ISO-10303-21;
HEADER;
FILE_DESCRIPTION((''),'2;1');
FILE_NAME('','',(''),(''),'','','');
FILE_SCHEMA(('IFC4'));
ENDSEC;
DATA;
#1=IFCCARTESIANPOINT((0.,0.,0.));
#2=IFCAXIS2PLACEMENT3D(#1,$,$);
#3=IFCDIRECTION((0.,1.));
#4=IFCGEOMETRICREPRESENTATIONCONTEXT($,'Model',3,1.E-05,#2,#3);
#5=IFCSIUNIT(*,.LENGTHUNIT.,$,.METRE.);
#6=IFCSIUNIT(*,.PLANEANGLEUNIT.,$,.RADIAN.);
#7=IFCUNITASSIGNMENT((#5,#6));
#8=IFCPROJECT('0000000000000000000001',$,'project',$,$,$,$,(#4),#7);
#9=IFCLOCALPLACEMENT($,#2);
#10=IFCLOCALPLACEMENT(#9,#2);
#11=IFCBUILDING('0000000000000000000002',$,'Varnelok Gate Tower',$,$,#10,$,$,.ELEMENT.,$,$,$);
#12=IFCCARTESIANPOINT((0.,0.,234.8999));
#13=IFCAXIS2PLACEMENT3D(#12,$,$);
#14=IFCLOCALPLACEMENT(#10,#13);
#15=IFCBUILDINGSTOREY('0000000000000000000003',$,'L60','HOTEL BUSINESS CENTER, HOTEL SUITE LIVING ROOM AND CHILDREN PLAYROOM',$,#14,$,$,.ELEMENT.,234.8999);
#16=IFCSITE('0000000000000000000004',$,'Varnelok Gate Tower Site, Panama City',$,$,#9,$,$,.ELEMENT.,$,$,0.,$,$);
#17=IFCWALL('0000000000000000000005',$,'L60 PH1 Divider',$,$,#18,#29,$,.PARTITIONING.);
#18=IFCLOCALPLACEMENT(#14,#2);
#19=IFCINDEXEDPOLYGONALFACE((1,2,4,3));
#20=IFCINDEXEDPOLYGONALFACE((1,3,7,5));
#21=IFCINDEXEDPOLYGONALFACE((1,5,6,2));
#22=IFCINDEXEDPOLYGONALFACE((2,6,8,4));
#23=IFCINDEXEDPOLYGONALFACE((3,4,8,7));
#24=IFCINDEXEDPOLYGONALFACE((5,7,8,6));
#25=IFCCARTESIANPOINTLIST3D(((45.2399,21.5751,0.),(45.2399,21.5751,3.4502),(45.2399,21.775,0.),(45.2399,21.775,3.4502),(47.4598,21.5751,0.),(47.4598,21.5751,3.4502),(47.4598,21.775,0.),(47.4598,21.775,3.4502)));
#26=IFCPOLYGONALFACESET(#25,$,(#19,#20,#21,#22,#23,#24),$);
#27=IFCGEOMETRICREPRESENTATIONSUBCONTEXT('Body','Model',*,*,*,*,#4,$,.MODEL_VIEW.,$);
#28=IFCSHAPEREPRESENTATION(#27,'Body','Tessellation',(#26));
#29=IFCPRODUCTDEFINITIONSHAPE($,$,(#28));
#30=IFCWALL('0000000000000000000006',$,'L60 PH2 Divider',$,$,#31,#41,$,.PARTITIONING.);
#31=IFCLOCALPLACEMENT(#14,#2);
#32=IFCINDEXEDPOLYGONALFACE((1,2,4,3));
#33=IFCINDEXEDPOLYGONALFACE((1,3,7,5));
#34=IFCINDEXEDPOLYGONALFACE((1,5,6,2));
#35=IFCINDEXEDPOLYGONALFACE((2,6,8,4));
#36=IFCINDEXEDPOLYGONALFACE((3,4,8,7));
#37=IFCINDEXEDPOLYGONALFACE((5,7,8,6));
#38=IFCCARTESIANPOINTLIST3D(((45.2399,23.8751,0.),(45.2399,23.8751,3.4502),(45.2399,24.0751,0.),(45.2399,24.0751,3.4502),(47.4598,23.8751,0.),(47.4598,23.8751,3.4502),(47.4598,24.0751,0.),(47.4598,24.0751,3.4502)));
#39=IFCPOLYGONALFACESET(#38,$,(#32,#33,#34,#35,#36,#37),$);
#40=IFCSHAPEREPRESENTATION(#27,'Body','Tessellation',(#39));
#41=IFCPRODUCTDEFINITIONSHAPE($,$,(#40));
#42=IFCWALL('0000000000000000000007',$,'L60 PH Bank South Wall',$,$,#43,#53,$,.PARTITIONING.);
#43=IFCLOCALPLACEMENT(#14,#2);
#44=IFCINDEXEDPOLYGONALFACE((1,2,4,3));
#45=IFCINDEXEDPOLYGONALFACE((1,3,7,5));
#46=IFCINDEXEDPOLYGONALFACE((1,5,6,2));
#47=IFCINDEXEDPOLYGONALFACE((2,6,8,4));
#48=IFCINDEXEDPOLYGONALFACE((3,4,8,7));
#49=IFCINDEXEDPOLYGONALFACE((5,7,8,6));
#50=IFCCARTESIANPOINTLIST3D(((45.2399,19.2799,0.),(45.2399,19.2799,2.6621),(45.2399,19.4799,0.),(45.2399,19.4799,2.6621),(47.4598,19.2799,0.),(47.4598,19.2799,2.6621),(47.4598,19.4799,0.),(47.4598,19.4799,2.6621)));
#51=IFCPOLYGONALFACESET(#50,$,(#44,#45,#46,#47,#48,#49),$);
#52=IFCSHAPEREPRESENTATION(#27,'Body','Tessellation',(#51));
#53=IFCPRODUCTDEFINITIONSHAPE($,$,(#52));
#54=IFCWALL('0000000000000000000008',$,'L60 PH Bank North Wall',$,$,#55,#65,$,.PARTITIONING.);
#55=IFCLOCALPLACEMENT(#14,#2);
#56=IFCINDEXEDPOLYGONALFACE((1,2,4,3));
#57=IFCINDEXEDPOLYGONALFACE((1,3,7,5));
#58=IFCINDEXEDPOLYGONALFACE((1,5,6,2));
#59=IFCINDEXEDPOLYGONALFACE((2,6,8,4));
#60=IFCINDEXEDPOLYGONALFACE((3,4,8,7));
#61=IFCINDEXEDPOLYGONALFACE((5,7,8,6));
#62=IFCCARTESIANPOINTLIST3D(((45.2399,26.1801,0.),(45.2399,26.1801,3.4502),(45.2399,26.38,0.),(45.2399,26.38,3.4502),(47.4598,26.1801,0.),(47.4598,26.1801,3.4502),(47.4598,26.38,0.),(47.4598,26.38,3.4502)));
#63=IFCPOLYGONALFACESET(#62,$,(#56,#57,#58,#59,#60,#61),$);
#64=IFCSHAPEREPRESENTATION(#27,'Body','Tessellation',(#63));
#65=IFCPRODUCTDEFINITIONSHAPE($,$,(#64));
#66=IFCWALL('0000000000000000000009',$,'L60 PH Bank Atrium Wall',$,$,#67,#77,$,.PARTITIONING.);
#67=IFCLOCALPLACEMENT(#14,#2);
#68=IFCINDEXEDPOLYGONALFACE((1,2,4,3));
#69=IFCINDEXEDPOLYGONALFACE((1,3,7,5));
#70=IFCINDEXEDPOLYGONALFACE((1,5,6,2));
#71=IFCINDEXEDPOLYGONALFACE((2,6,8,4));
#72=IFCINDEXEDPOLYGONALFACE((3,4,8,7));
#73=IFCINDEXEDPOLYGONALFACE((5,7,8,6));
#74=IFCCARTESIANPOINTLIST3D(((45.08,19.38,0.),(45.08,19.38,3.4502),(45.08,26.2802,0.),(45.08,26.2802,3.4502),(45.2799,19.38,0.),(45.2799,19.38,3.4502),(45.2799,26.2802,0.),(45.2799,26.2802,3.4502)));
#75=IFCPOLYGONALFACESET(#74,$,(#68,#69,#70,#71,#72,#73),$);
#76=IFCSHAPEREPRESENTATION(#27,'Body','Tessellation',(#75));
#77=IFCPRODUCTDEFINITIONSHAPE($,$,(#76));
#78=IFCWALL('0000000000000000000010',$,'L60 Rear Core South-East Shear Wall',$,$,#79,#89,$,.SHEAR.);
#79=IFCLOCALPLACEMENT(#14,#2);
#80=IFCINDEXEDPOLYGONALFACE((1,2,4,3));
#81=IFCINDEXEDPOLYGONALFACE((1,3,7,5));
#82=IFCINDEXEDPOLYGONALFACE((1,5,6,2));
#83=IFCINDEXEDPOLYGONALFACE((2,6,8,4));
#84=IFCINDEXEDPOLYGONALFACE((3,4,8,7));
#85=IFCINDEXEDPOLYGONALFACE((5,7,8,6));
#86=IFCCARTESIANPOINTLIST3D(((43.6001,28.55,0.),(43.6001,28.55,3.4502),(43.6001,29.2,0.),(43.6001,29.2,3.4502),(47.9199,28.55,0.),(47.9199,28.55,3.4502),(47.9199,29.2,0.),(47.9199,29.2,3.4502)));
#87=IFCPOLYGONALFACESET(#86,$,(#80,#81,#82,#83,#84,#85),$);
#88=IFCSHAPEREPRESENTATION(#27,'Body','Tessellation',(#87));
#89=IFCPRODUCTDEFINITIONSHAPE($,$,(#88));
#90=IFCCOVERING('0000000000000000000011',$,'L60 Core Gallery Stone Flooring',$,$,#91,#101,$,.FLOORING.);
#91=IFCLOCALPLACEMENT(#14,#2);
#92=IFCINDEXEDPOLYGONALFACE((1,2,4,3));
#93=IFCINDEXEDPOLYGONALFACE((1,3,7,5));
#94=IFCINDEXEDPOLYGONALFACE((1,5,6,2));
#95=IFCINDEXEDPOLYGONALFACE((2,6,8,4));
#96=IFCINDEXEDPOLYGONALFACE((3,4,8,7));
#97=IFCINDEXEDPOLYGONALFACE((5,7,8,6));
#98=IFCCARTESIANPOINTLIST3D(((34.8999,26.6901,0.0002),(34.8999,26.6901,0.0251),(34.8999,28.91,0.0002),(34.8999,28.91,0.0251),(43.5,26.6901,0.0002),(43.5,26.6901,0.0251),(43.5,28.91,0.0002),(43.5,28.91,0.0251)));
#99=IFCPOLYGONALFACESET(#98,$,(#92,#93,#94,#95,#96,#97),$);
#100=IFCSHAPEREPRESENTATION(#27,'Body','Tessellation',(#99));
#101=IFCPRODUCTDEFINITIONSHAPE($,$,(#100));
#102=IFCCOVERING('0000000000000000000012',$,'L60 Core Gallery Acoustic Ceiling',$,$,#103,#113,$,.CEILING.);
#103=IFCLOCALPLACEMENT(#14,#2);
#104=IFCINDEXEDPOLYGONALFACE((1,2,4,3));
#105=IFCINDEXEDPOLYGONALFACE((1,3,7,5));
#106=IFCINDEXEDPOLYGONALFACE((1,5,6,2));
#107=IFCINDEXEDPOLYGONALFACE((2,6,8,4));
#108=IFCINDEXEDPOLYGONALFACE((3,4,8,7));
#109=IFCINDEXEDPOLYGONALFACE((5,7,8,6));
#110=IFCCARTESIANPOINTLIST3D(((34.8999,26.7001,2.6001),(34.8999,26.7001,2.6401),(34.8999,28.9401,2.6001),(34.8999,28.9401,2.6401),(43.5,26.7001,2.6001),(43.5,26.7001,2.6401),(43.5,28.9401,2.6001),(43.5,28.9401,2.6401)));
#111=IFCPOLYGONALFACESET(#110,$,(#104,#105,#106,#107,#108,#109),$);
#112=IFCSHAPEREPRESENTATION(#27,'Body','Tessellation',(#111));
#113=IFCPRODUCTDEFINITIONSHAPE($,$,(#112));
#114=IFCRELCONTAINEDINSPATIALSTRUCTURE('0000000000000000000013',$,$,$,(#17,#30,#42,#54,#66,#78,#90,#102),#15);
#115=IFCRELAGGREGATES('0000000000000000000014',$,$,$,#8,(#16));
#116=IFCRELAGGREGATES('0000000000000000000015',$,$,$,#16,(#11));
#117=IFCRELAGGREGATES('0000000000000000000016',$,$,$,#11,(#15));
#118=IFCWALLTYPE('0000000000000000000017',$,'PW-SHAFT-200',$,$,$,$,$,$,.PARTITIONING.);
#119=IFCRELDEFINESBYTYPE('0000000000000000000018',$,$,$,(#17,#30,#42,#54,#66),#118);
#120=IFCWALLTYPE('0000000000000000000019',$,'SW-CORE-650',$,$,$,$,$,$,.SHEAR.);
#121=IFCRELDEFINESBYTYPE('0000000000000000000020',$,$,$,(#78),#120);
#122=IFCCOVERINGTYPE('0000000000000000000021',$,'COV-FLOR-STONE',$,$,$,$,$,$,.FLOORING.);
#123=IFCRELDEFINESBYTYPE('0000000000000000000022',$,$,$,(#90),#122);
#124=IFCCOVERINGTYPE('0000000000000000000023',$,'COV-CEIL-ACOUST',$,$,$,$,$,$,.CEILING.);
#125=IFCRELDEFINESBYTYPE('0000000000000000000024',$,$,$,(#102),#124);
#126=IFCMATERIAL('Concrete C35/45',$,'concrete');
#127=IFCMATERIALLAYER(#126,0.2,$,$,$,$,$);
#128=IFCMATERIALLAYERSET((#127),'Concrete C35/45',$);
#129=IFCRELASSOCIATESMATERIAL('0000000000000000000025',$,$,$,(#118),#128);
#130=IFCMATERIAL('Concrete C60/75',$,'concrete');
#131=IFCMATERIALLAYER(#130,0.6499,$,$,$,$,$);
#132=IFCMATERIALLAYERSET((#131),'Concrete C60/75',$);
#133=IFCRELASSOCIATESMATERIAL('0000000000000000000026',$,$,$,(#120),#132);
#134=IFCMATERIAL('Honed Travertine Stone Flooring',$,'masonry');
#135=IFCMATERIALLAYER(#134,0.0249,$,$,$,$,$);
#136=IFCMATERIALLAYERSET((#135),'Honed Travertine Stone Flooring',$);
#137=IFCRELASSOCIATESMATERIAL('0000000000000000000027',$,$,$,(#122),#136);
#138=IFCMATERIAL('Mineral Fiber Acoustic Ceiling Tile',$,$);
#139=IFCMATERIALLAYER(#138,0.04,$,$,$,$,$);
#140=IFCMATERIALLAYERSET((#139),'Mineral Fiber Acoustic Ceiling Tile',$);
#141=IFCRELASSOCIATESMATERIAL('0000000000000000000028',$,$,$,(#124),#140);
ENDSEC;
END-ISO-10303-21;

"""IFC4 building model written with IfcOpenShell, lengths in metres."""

from ifc_helpers import new_model, si_unit, direction, frame, frame_2d, origin, origin_2d, place, context, subcontext, project, spatial, rectangle, extrude, source, transform, mapped, material, layer, layer_set, type_object, element, save


model = new_model("IFC4")

# Units and contexts
model_context = context("Model", 3, precision=1e-05, world=origin(), true_north=direction((0.0, 1.0)))
body_context = subcontext(model_context, "Body", "Model", "MODEL_VIEW")
ifc_project = project(units=[si_unit("LENGTHUNIT", "METRE"), si_unit("PLANEANGLEUNIT", "RADIAN")], contexts=[model_context])

# Site, building, storey
site_placement = place(None, origin())
site = spatial("IfcSite", under=ifc_project, at=site_placement, Name="Varnelok Gate Tower Site, Panama City", CompositionType="ELEMENT", RefElevation=0.0)
building_placement = place(site_placement, origin())
building = spatial("IfcBuilding", under=site, at=building_placement, Name="Varnelok Gate Tower", CompositionType="ELEMENT")
storey_placement = place(building_placement, frame((0.0, 0.0, 234.8999)))
storey = spatial("IfcBuildingStorey", under=building, at=storey_placement, Name="L60", Description="HOTEL BUSINESS CENTER, HOTEL SUITE LIVING ROOM AND CHILDREN PLAYROOM", CompositionType="ELEMENT", Elevation=234.8999)

# Shared definitions
ifc_material_1 = material(Name="Concrete C60/75", Category="concrete")

# Walls
ifc_material_2 = material(Name="Concrete C35/45", Category="concrete")
ifc_layer_1 = layer(ifc_material_2, 0.2)
ifc_layer_set_1 = layer_set([ifc_layer_1], Name="Concrete C35/45")
wall_type_1 = type_object("IfcWallType", Name="PW-SHAFT-200", PredefinedType="PARTITIONING", material=ifc_layer_set_1)
for number, where, z_axis, x_axis, name in (
    (1, (45.24, 21.675, 0.0), (0.0, 0.0, 1.0), (1.0, 0.0, 0.0), "L60 PH1 Divider"),
    (2, (45.24, 23.9751, 0.0), (0.0, 0.0, 1.0), (1.0, 0.0, 0.0), "L60 PH2 Divider"),
):
    element("IfcWall", number, at=place(storey_placement, frame(where, z_axis=z_axis, x_axis=x_axis)), inside=storey, type_object=wall_type_1, Name=name, PredefinedType="PARTITIONING", context=body_context, shape_type="SweptSolid", body=[
        extrude(rectangle(XDim=2.22, YDim=0.2, at=frame_2d((1.1099, 0.0))), origin(), (0.0, 0.0, 1.0), 3.4502),
    ])
wall_1_placement = place(storey_placement, frame((45.24, 19.3799, 0.0), z_axis=(0.0, 0.0, 1.0), x_axis=(1.0, 0.0, 0.0)))
element("IfcWall", 3, at=wall_1_placement, inside=storey, type_object=wall_type_1, Name="L60 PH Bank South Wall", PredefinedType="PARTITIONING", context=body_context, shape_type="SweptSolid", body=[
    extrude(rectangle(XDim=2.22, YDim=0.2, at=frame_2d((1.1099, 0.0))), origin(), (0.0, 0.0, 1.0), 2.6621),
])
wall_2_placement = place(storey_placement, frame((45.24, 26.28, 0.0), z_axis=(0.0, 0.0, 1.0), x_axis=(1.0, 0.0, 0.0)))
element("IfcWall", 4, at=wall_2_placement, inside=storey, type_object=wall_type_1, Name="L60 PH Bank North Wall", PredefinedType="PARTITIONING", context=body_context, shape_type="SweptSolid", body=[
    extrude(rectangle(XDim=2.22, YDim=0.2, at=frame_2d((1.1099, 0.0))), origin(), (0.0, 0.0, 1.0), 3.4502),
])
wall_3_placement = place(storey_placement, frame((45.1799, 19.3799, 0.0), z_axis=(0.0, 0.0, 1.0), x_axis=(0.0, 1.0, 0.0)))
element("IfcWall", 5, at=wall_3_placement, inside=storey, type_object=wall_type_1, Name="L60 PH Bank Atrium Wall", PredefinedType="PARTITIONING", context=body_context, shape_type="SweptSolid", body=[
    extrude(rectangle(XDim=6.9001, YDim=0.2, at=frame_2d((3.4502, 0.0))), origin(), (0.0, 0.0, 1.0), 3.4502),
])

# Wall
ifc_layer_2 = layer(ifc_material_1, 0.6499)
ifc_layer_set_2 = layer_set([ifc_layer_2], Name="Concrete C60/75")
wall_type_2 = type_object("IfcWallType", Name="SW-CORE-650", PredefinedType="SHEAR", material=ifc_layer_set_2)
wall_4_placement = place(storey_placement, frame((43.6001, 28.875, 0.0), z_axis=(0.0, 0.0, 1.0), x_axis=(1.0, 0.0, 0.0)))
element("IfcWall", 6, at=wall_4_placement, inside=storey, type_object=wall_type_2, Name="L60 Rear Core South-East Shear Wall", PredefinedType="SHEAR", context=body_context, shape_type="SweptSolid", body=[
    extrude(rectangle(XDim=4.3198, YDim=0.6499, at=frame_2d((2.1599, 0.0))), origin(), (0.0, 0.0, 1.0), 3.4502),
])

# Coverings
ifc_material_3 = material(Name="Honed Travertine Stone Flooring", Category="masonry")
ifc_layer_3 = layer(ifc_material_3, 0.0249)
ifc_layer_set_3 = layer_set([ifc_layer_3], Name="Honed Travertine Stone Flooring")
covering_type_1 = type_object("IfcCoveringType", Name="COV-FLOR-STONE", PredefinedType="FLOORING", material=ifc_layer_set_3)
shared_shape_1 = source(origin(), body_context, "Body", "SweptSolid", [
    extrude(rectangle(XDim=8.6001, YDim=2.22, at=origin_2d()), origin(), (0.0, 0.0, 1.0), 0.0249),
])
covering_1_placement = place(storey_placement, frame((39.2, 27.8, 0.0002), z_axis=(0.0, 0.0, 1.0), x_axis=(1.0, 0.0, 0.0)))
element("IfcCovering", 7, at=covering_1_placement, inside=storey, type_object=covering_type_1, Name="L60 Core Gallery Stone Flooring", PredefinedType="FLOORING", context=body_context, shape_type="MappedRepresentation", body=[
    mapped(shared_shape_1, transform((0.0, 0.0, 0.0), scale=1.0)),
])
ifc_material_4 = material(Name="Mineral Fiber Acoustic Ceiling Tile")
ifc_layer_4 = layer(ifc_material_4, 0.04)
ifc_layer_set_4 = layer_set([ifc_layer_4], Name="Mineral Fiber Acoustic Ceiling Tile")
covering_type_2 = type_object("IfcCoveringType", Name="COV-CEIL-ACOUST", PredefinedType="CEILING", material=ifc_layer_set_4)
shared_shape_2 = source(origin(), body_context, "Body", "SweptSolid", [
    extrude(rectangle(XDim=8.6001, YDim=2.24, at=origin_2d()), origin(), (0.0, 0.0, 1.0), 0.04),
])
covering_2_placement = place(storey_placement, frame((39.2, 27.8201, 2.6001), z_axis=(0.0, 0.0, 1.0), x_axis=(1.0, 0.0, 0.0)))
element("IfcCovering", 8, at=covering_2_placement, inside=storey, type_object=covering_type_2, Name="L60 Core Gallery Acoustic Ceiling", PredefinedType="CEILING", context=body_context, shape_type="MappedRepresentation", body=[
    mapped(shared_shape_2, transform((0.0, 0.0, 0.0), scale=1.0)),
])

save(model, "model.ifc")
